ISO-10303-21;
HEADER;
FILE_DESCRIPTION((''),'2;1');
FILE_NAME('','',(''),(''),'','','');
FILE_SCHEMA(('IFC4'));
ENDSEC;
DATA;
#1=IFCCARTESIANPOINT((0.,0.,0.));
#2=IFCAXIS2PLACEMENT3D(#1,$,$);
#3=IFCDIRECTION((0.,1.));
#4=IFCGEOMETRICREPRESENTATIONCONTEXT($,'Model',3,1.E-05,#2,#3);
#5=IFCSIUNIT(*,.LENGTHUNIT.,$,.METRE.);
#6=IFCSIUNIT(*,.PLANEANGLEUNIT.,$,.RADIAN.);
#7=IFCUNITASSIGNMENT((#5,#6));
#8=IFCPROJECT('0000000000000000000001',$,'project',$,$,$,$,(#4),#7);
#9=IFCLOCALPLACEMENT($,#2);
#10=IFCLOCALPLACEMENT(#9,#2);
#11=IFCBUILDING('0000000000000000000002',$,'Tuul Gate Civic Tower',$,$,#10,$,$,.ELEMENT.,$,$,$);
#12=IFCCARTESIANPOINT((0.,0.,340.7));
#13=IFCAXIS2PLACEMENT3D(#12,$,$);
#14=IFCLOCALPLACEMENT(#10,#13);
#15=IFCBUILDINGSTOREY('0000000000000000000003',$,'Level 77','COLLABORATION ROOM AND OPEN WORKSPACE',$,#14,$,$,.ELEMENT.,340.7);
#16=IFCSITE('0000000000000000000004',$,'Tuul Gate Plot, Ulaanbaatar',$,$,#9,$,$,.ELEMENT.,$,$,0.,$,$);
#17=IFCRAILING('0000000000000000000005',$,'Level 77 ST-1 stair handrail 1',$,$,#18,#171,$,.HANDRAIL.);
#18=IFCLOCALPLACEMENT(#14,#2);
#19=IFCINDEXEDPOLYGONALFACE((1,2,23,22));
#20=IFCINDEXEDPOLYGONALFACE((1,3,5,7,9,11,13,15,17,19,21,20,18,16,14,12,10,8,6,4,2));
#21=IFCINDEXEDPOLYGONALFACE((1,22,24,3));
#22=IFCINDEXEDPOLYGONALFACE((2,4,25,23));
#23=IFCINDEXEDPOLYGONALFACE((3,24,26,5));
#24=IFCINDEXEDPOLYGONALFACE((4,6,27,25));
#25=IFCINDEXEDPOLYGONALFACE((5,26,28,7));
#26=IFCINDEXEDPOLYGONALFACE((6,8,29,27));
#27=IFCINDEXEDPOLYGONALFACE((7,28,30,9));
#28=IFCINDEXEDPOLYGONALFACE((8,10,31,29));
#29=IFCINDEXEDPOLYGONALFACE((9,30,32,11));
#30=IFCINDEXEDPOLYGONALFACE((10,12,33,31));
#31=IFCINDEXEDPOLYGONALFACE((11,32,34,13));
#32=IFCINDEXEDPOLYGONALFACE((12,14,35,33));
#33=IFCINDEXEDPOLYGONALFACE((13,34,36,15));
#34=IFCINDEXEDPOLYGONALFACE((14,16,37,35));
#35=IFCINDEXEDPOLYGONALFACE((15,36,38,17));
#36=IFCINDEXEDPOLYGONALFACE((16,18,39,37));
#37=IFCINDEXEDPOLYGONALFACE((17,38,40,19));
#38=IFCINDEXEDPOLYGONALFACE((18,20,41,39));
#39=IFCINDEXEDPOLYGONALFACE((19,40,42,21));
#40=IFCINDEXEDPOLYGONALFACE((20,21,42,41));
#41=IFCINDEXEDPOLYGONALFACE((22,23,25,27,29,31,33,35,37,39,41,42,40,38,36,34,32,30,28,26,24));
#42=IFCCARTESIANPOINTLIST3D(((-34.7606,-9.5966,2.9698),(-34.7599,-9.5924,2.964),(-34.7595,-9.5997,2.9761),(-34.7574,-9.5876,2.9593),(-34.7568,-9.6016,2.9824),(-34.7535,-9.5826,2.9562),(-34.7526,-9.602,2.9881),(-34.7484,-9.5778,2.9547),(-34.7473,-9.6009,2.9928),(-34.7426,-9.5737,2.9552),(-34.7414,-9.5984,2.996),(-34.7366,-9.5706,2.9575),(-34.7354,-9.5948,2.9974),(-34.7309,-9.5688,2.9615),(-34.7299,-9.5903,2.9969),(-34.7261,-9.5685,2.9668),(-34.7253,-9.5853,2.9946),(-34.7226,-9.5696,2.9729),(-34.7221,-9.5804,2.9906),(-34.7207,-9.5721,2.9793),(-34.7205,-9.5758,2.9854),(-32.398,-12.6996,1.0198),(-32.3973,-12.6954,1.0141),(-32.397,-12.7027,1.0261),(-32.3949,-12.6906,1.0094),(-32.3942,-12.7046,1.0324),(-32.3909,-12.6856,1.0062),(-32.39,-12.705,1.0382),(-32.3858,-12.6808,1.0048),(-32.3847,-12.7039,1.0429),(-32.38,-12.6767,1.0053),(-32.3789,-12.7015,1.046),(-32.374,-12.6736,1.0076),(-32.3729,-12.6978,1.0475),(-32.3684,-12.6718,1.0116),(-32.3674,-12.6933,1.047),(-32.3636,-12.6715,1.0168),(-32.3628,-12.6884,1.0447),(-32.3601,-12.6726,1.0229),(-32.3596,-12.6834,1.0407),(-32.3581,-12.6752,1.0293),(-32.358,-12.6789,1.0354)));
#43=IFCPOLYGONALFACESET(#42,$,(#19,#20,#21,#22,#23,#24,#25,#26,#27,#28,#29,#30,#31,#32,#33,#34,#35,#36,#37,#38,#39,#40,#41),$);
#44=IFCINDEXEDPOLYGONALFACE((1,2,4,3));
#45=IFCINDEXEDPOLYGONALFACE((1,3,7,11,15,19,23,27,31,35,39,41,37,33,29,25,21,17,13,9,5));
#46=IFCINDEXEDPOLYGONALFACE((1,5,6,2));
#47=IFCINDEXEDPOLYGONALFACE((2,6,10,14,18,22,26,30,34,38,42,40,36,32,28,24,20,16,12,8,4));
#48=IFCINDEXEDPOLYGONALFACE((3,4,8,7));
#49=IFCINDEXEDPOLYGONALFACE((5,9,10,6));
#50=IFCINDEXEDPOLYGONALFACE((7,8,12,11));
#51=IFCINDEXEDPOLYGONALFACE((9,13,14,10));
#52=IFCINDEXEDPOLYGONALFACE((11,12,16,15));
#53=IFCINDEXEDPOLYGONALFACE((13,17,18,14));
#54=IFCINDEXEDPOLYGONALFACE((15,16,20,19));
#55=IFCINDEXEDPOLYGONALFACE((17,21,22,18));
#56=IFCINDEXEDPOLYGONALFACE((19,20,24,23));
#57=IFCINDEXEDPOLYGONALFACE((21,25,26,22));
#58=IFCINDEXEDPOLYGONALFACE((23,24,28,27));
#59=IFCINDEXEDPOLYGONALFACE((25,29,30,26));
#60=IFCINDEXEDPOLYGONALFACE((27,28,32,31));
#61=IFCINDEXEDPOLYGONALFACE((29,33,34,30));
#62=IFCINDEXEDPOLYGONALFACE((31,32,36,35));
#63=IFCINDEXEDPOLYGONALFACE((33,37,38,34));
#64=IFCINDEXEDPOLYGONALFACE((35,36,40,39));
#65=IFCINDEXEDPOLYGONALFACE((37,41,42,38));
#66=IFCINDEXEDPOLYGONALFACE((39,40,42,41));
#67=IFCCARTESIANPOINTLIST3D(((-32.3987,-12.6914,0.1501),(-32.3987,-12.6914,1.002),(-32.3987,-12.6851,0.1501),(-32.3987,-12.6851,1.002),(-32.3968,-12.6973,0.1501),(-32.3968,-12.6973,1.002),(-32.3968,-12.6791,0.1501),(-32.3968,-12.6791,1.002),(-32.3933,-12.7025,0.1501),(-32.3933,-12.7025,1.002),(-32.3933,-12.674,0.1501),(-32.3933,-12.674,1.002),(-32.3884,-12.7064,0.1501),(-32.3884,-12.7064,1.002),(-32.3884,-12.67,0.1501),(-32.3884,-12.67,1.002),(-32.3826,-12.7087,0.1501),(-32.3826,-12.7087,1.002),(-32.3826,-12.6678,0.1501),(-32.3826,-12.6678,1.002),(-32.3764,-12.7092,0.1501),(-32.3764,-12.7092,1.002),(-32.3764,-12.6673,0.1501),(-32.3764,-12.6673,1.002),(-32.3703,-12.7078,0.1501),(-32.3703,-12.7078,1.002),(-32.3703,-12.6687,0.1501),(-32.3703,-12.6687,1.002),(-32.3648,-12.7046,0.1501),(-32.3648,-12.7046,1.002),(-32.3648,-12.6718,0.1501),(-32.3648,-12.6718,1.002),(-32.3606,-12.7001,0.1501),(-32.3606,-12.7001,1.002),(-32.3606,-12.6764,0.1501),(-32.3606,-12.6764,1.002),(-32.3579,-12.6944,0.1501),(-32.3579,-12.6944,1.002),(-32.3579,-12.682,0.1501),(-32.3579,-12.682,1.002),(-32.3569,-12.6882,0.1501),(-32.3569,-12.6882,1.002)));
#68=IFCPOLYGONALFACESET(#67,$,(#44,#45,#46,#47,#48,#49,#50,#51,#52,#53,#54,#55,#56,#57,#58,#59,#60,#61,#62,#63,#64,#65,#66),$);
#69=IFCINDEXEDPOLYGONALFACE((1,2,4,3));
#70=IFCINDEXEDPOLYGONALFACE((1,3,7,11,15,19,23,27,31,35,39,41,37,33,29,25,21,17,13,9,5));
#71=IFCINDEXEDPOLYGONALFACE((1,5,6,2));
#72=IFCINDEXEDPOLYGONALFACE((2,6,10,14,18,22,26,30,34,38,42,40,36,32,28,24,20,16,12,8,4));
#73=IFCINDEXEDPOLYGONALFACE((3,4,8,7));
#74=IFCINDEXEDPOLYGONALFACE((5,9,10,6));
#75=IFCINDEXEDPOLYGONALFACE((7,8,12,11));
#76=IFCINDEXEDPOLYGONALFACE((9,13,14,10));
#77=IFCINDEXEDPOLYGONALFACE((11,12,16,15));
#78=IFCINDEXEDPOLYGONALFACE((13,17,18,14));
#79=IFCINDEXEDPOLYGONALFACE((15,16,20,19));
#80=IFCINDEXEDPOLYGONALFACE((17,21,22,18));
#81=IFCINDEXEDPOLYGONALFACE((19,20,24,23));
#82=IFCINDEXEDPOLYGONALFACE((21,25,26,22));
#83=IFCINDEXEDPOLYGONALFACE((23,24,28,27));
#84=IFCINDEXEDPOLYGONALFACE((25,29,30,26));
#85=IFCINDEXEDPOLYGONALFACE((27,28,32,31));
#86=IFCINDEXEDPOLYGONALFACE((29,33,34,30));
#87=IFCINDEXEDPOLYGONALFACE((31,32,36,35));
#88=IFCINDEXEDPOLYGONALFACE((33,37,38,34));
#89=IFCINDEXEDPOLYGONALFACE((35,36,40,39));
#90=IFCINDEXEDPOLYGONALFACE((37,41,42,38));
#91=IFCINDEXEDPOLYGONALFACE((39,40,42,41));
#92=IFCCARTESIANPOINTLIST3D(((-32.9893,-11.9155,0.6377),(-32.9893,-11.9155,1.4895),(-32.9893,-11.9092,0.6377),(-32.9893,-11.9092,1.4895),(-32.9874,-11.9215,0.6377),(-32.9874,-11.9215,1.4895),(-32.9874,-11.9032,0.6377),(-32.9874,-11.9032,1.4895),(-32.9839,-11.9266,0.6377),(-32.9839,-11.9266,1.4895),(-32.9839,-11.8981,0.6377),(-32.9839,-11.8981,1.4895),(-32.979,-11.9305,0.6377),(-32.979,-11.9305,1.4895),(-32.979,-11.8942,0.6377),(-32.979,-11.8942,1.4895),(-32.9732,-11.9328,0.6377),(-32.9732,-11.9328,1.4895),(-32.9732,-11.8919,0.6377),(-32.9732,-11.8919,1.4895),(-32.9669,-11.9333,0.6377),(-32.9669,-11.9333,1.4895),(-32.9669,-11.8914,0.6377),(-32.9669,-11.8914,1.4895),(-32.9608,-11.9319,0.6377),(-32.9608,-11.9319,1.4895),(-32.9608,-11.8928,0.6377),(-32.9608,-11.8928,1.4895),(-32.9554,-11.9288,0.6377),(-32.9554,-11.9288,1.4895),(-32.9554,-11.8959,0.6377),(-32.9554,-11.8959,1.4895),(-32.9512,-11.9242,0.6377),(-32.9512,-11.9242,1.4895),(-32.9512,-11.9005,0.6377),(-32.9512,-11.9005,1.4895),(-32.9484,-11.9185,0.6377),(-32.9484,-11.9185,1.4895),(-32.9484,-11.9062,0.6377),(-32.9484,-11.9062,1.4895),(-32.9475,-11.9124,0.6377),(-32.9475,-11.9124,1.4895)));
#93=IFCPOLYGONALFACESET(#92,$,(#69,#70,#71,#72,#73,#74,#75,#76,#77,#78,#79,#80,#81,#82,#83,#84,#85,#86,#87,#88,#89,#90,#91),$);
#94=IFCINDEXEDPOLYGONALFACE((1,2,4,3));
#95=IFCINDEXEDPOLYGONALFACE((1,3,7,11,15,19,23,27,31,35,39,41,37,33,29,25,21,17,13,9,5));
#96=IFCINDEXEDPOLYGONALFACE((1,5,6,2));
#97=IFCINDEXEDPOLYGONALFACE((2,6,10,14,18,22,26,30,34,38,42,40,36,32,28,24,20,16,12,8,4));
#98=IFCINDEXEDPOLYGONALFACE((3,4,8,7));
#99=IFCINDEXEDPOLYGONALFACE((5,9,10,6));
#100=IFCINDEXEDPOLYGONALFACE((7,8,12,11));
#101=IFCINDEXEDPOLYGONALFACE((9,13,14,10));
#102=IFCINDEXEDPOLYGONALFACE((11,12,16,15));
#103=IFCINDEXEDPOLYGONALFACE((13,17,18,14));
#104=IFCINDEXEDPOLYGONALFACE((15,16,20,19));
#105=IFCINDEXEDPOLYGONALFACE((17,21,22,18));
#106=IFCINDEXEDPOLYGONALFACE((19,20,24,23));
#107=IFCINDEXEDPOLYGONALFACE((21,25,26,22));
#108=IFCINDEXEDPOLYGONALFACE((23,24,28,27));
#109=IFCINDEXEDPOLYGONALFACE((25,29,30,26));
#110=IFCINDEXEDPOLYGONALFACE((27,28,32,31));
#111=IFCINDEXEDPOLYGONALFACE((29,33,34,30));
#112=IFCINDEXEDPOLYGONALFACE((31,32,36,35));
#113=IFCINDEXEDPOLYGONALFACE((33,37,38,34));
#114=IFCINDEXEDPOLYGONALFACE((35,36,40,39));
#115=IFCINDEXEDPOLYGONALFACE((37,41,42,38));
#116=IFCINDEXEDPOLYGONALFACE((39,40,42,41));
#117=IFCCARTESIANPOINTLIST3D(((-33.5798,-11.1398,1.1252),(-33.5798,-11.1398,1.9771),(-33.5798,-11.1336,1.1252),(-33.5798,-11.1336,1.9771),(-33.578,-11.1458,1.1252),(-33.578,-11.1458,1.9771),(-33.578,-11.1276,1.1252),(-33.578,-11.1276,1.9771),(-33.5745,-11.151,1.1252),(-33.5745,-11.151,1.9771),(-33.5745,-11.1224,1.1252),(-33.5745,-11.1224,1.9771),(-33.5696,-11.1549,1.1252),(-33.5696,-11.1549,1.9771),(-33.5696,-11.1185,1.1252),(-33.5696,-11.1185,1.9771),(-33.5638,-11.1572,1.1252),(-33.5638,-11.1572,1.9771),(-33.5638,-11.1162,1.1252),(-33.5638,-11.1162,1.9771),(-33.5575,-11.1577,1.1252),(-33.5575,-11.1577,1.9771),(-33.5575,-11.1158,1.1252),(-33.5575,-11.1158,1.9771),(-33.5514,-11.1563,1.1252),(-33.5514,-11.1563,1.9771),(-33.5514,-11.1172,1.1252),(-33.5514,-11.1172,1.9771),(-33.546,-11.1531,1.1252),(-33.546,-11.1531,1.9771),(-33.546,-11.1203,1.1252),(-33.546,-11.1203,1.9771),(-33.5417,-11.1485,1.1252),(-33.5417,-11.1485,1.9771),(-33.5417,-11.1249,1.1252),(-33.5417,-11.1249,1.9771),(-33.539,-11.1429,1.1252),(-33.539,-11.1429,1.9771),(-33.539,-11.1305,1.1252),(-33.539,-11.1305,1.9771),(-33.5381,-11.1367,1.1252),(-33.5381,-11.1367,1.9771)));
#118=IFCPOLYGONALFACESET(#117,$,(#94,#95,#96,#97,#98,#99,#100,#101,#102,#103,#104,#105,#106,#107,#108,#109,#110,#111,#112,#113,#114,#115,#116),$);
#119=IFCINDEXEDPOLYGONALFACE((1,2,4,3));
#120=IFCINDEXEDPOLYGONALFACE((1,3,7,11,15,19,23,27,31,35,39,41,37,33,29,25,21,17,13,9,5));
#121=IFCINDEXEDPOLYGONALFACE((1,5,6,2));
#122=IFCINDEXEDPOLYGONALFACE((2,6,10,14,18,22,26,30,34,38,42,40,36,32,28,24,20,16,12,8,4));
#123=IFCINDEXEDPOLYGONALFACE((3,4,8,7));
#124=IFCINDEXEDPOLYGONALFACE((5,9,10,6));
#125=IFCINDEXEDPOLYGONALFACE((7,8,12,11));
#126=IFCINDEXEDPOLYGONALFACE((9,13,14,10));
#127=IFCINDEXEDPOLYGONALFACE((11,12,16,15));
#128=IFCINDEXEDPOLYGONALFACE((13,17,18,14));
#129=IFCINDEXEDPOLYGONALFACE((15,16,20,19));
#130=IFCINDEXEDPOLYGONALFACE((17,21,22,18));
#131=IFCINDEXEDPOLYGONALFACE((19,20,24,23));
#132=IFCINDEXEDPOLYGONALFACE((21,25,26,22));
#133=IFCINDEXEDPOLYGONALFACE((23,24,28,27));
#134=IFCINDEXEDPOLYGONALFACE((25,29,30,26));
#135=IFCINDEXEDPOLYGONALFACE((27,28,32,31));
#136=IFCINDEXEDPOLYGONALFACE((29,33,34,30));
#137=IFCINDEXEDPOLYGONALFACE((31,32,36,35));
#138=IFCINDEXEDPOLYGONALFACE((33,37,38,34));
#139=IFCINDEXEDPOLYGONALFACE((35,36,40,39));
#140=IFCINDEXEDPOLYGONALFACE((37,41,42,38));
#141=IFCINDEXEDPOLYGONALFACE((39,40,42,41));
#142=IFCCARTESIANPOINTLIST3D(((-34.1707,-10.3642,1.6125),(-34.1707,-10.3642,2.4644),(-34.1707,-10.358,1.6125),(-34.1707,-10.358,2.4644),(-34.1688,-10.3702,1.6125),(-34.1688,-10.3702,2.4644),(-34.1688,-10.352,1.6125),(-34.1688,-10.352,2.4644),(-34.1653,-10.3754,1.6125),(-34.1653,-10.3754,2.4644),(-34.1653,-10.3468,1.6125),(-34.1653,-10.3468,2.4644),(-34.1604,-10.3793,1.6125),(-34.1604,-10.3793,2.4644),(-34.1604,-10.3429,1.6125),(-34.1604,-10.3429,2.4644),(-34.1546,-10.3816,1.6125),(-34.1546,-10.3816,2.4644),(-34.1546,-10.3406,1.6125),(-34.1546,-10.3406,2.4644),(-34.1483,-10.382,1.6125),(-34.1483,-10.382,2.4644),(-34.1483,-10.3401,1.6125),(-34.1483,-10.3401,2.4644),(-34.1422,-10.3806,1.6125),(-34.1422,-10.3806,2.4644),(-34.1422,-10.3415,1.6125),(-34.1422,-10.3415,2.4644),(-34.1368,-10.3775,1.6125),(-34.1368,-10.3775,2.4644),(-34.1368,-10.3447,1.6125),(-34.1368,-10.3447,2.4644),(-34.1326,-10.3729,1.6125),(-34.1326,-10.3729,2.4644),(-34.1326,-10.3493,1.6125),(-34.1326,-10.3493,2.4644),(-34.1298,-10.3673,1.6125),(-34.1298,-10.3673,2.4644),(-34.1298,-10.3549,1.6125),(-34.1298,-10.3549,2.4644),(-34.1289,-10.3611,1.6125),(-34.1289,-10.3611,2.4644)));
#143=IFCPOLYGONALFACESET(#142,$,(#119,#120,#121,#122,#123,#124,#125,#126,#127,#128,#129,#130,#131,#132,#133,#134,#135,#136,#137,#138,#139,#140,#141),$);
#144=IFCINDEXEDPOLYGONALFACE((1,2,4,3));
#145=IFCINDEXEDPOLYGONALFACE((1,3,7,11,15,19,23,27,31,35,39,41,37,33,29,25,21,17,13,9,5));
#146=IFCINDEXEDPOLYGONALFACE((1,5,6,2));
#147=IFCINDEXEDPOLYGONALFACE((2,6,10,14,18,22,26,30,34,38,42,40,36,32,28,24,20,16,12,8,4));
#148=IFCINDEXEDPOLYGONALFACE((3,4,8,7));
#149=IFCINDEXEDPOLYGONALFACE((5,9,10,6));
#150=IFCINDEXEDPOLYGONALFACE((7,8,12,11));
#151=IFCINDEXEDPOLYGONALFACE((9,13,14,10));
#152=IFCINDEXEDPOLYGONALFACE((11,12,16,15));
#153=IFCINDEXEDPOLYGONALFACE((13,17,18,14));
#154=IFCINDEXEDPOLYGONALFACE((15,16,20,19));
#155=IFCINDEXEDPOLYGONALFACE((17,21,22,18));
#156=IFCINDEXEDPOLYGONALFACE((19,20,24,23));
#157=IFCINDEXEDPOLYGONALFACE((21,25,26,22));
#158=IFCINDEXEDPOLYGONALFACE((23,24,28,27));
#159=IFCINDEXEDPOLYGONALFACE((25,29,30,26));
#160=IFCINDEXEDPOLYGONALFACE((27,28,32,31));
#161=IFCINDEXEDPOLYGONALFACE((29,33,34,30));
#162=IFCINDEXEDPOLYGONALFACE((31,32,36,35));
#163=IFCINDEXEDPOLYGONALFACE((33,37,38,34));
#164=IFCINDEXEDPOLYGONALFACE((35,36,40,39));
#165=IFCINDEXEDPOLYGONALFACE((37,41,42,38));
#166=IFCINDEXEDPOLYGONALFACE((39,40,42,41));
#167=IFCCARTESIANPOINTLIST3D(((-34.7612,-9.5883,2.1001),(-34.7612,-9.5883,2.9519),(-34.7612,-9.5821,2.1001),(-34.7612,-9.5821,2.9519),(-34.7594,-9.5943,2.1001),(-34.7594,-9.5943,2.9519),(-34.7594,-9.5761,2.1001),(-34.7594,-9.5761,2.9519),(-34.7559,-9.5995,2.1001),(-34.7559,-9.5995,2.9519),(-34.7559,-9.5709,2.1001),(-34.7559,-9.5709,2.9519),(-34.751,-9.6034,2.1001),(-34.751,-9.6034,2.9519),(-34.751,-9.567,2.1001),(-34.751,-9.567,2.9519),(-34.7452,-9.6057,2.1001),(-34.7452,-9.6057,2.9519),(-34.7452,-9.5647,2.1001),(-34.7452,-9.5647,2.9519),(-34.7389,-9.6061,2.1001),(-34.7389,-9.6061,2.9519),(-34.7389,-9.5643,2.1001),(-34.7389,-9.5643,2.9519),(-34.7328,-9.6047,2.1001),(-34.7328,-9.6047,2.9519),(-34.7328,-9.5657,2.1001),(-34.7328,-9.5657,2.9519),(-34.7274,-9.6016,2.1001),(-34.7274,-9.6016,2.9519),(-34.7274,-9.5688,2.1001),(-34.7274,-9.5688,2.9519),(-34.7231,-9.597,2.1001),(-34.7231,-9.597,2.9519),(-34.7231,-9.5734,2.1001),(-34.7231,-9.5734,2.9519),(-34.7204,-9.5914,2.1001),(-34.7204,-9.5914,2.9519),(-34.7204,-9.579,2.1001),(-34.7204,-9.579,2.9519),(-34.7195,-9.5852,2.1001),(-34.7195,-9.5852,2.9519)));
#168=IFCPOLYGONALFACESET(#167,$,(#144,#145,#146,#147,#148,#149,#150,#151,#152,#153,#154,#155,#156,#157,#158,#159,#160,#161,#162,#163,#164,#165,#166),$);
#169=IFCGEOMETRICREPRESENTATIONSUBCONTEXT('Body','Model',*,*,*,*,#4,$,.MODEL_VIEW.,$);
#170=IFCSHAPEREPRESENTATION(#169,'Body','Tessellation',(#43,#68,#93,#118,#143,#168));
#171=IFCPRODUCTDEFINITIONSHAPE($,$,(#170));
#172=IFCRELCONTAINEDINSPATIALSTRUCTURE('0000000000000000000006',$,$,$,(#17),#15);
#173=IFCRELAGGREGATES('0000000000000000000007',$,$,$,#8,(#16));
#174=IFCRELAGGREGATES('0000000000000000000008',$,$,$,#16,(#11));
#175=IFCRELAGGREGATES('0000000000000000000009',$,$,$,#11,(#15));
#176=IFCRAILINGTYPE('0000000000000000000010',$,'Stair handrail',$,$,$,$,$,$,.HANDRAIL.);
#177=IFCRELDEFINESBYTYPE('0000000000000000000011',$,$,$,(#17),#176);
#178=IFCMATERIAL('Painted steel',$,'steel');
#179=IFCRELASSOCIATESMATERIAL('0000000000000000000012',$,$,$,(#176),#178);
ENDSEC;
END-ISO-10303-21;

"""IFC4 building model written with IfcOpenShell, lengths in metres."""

from ifc_helpers import new_model, si_unit, direction, frame, origin, origin_2d, place, context, subcontext, project, spatial, circle, extrude, material, type_object, element, save


model = new_model("IFC4")

# Units and contexts
model_context = context("Model", 3, precision=1e-05, world=origin(), true_north=direction((0.0, 1.0)))
body_context = subcontext(model_context, "Body", "Model", "MODEL_VIEW")
ifc_project = project(units=[si_unit("LENGTHUNIT", "METRE"), si_unit("PLANEANGLEUNIT", "RADIAN")], contexts=[model_context])

# Site, building, storey
site_placement = place(None, origin())
site = spatial("IfcSite", under=ifc_project, at=site_placement, Name="Tuul Gate Plot, Ulaanbaatar", CompositionType="ELEMENT", RefElevation=0.0)
building_placement = place(site_placement, origin())
building = spatial("IfcBuilding", under=site, at=building_placement, Name="Tuul Gate Civic Tower", CompositionType="ELEMENT")
storey_placement = place(building_placement, frame((0.0, 0.0, 340.7)))
storey = spatial("IfcBuildingStorey", under=building, at=storey_placement, Name="Level 77", Description="COLLABORATION ROOM AND OPEN WORKSPACE", CompositionType="ELEMENT", Elevation=340.7)

# Railing
ifc_material_1 = material(Name="Painted steel", Category="steel")
railing_type_1 = type_object("IfcRailingType", Name="Stair handrail", PredefinedType="HANDRAIL", material=ifc_material_1)
railing_1_placement = place(storey_placement, frame((-32.3779, -12.6882, 0.1501)))
element("IfcRailing", 1, at=railing_1_placement, inside=storey, type_object=railing_type_1, Name="Level 77 ST-1 stair handrail 1", PredefinedType="HANDRAIL", context=body_context, shape_type="SweptSolid", body=[
    extrude(circle(Radius=0.0239, at=origin_2d()), frame((0.0, 0.0, 0.876), z_axis=(-0.541824, 0.711645, 0.4472), x_axis=(-0.795637, -0.605773, 0.0)), (0.0, 0.0, 1.0), 4.3604),
    extrude(circle(Radius=0.021, at=origin_2d()), origin(), (0.0, 0.0, 1.0), 0.8518),
    extrude(circle(Radius=0.021, at=origin_2d()), frame((-0.5906, 0.7759, 0.4875)), (0.0, 0.0, 1.0), 0.8518),
    extrude(circle(Radius=0.021, at=origin_2d()), frame((-1.1812, 1.5515, 0.9751)), (0.0, 0.0, 1.0), 0.8518),
    extrude(circle(Radius=0.021, at=origin_2d()), frame((-1.772, 2.3271, 1.4624)), (0.0, 0.0, 1.0), 0.8518),
    extrude(circle(Radius=0.021, at=origin_2d()), frame((-2.3625, 3.103, 1.95)), (0.0, 0.0, 1.0), 0.8518),
])

save(model, "model.ifc")
